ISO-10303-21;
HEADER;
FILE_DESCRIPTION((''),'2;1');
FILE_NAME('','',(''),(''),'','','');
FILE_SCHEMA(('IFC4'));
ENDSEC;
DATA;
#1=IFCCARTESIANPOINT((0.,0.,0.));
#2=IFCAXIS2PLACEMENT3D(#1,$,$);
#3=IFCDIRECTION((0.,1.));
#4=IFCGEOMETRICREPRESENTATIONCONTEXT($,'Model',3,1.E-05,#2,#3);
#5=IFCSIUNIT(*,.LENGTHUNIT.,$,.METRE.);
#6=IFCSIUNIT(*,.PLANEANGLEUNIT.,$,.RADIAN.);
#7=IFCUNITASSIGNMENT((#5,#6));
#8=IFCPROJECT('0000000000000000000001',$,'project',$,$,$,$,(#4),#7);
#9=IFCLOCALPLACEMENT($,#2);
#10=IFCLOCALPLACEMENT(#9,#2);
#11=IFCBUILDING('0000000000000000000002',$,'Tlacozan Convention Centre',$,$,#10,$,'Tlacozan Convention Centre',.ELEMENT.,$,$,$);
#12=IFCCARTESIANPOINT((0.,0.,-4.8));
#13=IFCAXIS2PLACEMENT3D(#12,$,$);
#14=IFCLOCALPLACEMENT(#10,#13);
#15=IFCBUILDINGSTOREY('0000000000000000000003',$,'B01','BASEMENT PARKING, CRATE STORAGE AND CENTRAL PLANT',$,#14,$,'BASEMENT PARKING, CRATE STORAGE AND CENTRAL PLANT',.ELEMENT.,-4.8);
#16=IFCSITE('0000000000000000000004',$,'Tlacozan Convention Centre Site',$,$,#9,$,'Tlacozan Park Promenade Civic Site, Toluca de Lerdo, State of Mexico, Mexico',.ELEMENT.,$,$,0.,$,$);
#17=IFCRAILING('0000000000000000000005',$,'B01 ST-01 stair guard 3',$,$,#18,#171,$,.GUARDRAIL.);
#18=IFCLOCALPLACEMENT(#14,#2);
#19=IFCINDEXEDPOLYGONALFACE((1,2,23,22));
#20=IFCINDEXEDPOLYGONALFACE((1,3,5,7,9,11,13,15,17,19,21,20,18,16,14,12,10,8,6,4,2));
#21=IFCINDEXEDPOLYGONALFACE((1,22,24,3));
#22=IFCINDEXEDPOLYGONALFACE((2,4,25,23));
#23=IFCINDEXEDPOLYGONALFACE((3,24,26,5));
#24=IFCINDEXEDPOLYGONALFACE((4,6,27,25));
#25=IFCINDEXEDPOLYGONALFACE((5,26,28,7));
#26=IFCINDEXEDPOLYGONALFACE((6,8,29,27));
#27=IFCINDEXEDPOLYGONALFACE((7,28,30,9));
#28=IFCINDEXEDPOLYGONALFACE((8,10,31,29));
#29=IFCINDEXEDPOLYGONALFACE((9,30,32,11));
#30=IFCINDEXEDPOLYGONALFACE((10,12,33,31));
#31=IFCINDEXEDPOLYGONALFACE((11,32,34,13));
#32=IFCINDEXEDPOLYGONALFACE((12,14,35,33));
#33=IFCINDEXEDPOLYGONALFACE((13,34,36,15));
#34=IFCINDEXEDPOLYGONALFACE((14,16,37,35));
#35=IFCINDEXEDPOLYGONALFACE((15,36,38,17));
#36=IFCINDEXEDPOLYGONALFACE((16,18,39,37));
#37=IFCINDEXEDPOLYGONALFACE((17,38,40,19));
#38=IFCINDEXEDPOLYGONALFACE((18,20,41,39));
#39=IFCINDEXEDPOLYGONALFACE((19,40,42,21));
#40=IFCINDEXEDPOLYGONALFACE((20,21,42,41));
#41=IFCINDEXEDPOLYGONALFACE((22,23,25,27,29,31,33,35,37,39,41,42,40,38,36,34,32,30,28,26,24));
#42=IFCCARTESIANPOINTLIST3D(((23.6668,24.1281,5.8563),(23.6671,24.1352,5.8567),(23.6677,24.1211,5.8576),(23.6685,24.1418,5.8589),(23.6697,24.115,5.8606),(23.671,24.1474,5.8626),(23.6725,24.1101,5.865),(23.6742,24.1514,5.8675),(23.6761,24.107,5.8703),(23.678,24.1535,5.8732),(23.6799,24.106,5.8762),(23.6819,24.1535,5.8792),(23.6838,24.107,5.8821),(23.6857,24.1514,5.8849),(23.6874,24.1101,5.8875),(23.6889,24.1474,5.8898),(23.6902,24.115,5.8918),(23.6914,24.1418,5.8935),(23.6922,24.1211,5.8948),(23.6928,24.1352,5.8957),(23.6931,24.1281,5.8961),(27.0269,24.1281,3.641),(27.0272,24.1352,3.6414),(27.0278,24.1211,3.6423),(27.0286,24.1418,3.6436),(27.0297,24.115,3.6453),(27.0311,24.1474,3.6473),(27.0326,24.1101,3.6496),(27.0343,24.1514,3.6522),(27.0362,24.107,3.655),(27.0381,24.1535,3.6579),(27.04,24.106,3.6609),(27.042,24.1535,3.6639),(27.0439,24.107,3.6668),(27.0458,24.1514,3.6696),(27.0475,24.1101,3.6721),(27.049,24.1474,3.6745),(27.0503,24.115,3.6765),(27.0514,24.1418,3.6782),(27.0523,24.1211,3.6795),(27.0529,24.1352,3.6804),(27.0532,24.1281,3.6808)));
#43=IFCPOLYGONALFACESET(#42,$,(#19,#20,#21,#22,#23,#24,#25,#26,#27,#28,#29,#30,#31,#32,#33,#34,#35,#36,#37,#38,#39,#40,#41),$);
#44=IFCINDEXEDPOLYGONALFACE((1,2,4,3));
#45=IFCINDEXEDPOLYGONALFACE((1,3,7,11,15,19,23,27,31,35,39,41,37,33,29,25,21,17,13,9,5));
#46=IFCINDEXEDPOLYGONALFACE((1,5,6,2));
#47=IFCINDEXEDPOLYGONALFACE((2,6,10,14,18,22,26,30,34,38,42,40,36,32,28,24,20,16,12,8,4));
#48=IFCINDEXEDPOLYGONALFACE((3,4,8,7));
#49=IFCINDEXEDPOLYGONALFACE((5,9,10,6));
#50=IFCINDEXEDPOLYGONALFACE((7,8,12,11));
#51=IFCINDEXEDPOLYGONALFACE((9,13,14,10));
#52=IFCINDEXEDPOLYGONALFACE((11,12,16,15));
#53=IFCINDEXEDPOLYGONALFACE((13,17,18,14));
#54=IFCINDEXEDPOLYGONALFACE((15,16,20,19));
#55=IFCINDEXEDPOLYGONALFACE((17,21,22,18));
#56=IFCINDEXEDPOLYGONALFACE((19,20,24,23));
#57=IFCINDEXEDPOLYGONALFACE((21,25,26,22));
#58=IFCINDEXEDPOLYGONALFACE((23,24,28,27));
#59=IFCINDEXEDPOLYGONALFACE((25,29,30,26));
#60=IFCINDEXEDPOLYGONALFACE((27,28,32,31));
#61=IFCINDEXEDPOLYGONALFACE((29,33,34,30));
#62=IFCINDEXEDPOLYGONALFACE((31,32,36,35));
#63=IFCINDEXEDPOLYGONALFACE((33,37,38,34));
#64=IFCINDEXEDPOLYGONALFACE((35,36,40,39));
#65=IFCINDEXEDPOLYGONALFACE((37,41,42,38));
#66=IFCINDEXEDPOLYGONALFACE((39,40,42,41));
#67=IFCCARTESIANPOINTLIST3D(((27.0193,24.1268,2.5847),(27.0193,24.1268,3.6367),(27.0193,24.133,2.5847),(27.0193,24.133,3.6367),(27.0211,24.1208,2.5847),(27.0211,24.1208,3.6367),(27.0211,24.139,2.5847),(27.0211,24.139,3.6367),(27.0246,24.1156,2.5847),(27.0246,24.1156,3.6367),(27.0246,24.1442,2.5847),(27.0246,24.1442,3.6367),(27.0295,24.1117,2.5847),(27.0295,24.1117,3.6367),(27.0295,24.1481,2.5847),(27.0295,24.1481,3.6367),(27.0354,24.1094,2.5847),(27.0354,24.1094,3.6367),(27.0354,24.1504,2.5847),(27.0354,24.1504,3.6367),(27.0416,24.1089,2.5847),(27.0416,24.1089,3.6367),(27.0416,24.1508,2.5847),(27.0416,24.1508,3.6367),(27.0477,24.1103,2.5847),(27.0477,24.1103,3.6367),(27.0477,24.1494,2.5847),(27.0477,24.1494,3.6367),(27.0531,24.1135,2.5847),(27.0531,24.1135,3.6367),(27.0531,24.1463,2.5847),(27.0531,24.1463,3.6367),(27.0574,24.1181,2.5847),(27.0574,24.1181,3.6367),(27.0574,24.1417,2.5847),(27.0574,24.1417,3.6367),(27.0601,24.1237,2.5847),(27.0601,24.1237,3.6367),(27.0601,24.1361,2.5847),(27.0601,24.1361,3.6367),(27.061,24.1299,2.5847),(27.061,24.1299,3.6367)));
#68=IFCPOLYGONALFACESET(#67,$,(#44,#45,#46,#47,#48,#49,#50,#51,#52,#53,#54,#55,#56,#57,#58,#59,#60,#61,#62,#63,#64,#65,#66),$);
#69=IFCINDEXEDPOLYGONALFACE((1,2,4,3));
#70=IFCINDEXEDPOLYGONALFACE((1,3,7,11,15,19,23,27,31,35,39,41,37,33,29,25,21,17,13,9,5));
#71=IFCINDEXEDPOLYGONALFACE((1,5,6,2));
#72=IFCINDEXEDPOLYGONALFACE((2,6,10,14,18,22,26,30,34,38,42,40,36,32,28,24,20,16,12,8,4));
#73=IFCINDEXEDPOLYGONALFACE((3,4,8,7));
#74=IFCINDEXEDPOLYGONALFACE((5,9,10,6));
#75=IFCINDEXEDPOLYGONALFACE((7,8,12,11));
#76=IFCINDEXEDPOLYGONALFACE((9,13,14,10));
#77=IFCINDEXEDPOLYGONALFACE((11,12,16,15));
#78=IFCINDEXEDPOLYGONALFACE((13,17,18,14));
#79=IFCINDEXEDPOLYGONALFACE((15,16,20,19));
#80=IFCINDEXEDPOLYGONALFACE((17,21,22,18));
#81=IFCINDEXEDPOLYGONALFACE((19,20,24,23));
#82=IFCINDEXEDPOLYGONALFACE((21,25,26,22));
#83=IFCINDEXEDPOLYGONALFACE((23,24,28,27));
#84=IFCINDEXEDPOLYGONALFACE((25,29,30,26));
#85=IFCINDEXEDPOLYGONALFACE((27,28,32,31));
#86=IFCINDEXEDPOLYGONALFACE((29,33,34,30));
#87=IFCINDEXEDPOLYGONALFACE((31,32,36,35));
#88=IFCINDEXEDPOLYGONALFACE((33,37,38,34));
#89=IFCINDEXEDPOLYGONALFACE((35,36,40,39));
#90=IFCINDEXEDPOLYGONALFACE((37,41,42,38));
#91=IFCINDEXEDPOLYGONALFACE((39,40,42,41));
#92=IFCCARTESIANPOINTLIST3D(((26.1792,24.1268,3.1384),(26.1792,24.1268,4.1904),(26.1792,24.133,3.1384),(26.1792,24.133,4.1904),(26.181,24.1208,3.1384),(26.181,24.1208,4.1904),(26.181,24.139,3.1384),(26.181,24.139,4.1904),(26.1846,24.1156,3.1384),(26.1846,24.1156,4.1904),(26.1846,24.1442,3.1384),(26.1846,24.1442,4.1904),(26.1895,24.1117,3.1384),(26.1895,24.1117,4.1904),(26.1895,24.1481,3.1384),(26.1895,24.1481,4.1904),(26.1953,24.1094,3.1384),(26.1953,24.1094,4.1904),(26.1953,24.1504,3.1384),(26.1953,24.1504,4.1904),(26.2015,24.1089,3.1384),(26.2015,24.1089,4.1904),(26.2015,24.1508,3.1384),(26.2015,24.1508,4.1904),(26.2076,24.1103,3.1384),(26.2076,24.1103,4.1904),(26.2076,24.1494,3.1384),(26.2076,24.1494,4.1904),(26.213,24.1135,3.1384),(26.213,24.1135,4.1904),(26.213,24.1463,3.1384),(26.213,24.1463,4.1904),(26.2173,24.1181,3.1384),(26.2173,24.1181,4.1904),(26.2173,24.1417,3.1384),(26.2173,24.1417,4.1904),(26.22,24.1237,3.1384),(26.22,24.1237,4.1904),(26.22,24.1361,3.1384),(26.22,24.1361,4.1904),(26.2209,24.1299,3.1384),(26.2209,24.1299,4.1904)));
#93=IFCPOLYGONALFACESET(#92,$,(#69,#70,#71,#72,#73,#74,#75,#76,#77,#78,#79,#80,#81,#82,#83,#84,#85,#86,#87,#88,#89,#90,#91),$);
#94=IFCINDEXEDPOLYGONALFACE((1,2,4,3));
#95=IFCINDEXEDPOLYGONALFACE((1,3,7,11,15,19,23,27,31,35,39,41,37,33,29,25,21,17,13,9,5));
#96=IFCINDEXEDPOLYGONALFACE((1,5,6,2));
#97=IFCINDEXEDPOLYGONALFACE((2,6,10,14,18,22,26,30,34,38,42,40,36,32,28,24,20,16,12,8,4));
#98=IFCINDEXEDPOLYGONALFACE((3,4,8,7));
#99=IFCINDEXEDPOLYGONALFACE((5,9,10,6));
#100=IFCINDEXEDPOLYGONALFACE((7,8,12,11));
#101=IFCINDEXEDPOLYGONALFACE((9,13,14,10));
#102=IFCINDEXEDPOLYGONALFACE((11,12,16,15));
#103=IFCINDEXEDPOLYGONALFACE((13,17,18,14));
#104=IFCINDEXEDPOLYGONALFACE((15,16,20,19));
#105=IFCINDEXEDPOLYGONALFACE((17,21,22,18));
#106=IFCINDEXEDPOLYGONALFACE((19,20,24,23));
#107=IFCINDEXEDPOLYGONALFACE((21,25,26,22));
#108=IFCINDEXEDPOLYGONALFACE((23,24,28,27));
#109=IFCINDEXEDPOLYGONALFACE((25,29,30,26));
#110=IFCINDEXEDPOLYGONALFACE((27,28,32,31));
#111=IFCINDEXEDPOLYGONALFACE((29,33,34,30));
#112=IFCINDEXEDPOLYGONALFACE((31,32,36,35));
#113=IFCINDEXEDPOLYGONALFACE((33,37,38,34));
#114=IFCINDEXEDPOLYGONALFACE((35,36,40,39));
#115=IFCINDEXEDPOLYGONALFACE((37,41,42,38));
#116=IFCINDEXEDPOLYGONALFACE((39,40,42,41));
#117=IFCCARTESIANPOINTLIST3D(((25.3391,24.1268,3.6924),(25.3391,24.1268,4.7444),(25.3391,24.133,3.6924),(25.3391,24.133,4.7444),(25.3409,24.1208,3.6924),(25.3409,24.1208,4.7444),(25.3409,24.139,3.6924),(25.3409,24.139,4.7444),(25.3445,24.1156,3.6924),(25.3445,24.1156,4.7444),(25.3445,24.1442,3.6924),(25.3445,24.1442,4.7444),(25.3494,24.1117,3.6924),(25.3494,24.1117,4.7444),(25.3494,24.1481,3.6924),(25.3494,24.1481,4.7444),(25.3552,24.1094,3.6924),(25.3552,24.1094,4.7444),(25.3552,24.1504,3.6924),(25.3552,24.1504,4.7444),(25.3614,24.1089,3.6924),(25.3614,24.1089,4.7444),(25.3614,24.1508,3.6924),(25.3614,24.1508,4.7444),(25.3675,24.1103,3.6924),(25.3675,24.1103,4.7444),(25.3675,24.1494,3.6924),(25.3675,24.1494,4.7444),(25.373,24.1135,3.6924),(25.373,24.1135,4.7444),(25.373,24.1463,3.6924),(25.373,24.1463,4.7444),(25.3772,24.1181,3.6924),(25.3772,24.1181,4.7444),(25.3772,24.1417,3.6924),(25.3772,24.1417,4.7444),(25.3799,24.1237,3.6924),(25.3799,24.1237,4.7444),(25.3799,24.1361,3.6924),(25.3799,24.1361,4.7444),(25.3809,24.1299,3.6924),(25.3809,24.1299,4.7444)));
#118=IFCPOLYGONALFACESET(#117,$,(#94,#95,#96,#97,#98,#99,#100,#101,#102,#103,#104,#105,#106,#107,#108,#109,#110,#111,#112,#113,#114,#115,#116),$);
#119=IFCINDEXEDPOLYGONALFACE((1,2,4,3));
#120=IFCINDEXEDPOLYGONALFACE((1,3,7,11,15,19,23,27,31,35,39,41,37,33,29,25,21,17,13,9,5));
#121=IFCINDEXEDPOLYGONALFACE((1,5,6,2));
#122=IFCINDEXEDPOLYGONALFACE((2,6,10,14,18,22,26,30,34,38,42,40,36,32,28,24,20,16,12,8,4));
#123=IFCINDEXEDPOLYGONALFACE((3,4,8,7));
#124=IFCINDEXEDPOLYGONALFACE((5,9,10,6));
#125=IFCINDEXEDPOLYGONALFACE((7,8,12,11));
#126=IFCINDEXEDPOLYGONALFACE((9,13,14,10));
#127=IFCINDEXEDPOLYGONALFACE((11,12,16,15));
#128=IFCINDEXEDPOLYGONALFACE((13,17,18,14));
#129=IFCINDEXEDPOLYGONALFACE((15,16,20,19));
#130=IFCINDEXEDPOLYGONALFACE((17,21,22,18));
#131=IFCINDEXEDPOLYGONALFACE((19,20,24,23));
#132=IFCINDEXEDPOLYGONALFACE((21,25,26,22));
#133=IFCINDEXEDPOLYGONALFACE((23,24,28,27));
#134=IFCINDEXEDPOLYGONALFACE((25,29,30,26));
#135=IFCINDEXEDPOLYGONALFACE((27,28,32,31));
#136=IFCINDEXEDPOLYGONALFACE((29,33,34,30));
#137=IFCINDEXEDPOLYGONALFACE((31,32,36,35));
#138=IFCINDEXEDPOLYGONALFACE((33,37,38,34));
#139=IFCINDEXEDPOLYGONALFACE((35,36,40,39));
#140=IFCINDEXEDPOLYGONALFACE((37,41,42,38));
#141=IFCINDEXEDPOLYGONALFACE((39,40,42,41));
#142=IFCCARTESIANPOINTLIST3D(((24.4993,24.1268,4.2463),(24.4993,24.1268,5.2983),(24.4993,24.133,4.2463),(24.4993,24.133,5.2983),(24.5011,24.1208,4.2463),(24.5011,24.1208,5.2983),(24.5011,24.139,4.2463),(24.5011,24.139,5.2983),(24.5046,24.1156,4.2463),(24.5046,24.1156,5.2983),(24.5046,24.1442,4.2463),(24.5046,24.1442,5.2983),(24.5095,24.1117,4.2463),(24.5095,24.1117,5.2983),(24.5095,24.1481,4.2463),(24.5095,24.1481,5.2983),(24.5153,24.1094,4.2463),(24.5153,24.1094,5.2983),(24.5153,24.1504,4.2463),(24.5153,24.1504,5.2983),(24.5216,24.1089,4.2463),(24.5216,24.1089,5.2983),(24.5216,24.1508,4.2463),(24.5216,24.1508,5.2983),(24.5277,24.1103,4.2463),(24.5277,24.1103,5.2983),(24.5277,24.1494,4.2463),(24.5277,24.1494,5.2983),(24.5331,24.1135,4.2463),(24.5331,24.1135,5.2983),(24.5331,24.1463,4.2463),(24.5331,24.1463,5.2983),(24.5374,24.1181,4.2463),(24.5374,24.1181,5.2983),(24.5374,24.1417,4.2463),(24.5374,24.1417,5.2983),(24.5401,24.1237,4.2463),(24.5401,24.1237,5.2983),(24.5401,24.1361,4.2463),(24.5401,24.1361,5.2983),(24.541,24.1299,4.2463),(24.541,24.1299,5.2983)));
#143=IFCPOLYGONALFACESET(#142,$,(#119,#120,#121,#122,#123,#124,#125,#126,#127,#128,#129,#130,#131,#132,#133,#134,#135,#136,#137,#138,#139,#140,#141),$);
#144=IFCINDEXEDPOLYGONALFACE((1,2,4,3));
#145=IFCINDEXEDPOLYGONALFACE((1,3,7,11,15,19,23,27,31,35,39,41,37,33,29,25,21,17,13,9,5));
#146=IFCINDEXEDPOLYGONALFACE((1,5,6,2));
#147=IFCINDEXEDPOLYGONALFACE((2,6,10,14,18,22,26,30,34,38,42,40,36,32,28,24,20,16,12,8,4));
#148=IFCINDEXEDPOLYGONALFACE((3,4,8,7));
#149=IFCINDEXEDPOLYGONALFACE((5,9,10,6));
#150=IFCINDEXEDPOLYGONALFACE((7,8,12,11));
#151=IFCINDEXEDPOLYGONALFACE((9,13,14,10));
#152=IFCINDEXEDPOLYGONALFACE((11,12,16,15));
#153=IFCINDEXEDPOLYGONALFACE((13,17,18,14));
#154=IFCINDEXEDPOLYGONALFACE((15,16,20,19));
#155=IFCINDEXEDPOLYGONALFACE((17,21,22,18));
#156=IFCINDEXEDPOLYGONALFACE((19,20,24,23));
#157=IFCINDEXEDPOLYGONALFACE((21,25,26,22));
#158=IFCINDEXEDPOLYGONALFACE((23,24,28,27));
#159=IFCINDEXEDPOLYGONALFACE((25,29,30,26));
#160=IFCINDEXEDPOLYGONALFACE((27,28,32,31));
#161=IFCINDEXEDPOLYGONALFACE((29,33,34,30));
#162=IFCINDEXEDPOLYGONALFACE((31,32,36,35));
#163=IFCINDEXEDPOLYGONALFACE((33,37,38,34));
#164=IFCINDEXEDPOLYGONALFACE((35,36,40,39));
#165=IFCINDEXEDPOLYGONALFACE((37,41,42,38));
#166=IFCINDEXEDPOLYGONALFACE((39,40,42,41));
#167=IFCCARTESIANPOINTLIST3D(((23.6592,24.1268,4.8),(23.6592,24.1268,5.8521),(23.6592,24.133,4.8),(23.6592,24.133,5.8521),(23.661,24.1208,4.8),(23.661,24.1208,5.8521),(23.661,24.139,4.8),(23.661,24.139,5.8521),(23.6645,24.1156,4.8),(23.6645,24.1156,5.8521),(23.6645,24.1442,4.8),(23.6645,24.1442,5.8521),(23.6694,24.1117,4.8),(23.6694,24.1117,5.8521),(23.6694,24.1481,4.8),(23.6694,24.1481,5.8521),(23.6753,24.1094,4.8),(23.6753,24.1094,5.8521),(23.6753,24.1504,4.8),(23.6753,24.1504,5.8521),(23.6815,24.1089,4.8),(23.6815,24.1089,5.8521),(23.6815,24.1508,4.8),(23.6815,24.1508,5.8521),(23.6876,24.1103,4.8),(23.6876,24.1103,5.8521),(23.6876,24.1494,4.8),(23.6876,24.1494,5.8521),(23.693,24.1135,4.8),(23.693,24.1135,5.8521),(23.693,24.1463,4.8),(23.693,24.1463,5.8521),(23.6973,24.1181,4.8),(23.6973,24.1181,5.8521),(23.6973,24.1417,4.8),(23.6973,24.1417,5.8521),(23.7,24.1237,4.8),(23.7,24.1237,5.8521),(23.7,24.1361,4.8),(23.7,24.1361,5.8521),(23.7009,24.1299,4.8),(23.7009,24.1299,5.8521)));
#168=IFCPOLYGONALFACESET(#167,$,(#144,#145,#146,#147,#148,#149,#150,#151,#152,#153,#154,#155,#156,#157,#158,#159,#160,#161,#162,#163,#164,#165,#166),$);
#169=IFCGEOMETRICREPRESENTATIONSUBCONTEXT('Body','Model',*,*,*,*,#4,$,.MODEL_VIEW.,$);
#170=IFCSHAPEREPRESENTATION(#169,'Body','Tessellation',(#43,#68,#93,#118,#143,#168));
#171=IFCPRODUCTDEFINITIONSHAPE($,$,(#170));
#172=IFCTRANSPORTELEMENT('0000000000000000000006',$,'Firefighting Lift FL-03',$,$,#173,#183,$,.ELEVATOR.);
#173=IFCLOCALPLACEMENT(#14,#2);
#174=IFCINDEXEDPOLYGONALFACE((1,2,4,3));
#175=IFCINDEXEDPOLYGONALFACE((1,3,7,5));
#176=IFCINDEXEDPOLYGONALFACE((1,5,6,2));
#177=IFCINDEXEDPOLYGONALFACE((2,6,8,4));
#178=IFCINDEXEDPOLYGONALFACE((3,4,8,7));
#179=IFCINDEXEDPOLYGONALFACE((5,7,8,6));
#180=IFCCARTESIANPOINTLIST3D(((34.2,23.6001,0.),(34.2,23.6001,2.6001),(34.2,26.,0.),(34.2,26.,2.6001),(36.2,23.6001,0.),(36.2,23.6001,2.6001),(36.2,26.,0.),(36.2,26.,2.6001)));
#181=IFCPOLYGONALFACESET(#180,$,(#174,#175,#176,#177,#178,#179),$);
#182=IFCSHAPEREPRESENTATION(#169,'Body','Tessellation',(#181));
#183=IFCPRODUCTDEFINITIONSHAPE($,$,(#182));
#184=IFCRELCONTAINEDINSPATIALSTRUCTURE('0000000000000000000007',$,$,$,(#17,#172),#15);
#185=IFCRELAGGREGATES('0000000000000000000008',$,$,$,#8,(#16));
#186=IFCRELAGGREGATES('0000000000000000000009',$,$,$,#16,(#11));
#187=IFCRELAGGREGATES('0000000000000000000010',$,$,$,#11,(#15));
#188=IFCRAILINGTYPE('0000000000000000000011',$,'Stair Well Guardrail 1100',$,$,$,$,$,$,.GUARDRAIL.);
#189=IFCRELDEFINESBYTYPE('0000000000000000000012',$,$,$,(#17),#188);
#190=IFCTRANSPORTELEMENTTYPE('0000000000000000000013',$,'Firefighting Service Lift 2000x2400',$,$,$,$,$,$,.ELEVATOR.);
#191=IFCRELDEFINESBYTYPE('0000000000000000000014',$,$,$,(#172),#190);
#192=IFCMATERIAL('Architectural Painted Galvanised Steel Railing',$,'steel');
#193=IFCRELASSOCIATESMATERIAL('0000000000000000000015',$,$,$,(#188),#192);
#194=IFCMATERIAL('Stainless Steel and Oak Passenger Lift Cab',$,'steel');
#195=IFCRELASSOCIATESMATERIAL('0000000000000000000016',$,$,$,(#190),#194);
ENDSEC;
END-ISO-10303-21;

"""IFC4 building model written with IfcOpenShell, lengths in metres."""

from ifc_helpers import new_model, si_unit, direction, frame, origin, origin_2d, place, context, subcontext, project, spatial, rectangle, circle, extrude, material, type_object, element, save


model = new_model("IFC4")

# Units and contexts
model_context = context("Model", 3, precision=1e-05, world=origin(), true_north=direction((0.0, 1.0)))
body_context = subcontext(model_context, "Body", "Model", "MODEL_VIEW")
ifc_project = project(units=[si_unit("LENGTHUNIT", "METRE"), si_unit("PLANEANGLEUNIT", "RADIAN")], contexts=[model_context])

# Site, building, storey
site_placement = place(None, origin())
site = spatial("IfcSite", under=ifc_project, at=site_placement, Name="Tlacozan Convention Centre Site", LongName="Tlacozan Park Promenade Civic Site, Toluca de Lerdo, State of Mexico, Mexico", CompositionType="ELEMENT", RefElevation=0.0)
building_placement = place(site_placement, origin())
building = spatial("IfcBuilding", under=site, at=building_placement, Name="Tlacozan Convention Centre", LongName="Tlacozan Convention Centre", CompositionType="ELEMENT")
storey_placement = place(building_placement, frame((0.0, 0.0, -4.8)))
storey = spatial("IfcBuildingStorey", under=building, at=storey_placement, Name="B01", Description="BASEMENT PARKING, CRATE STORAGE AND CENTRAL PLANT", LongName="BASEMENT PARKING, CRATE STORAGE AND CENTRAL PLANT", CompositionType="ELEMENT", Elevation=-4.8)

# Railing
ifc_material_1 = material(Name="Architectural Painted Galvanised Steel Railing", Category="steel")
railing_type_1 = type_object("IfcRailingType", Name="Stair Well Guardrail 1100", PredefinedType="GUARDRAIL", material=ifc_material_1)
railing_1_placement = place(storey_placement, frame((27.04, 24.1299, 2.5847)))
element("IfcRailing", 1, at=railing_1_placement, inside=storey, type_object=railing_type_1, Name="B01 ST-01 stair guard 3", PredefinedType="GUARDRAIL", context=body_context, shape_type="SweptSolid", body=[
    extrude(circle(Radius=0.0239, at=origin_2d()), frame((0.0, 0.0, 1.0762), z_axis=(-0.834876, 0.0, 0.550437), x_axis=(0.0, -1.0, 0.0)), (0.0, 0.0, 1.0), 4.0247),
    extrude(circle(Radius=0.021, at=origin_2d()), origin(), (0.0, 0.0, 1.0), 1.052),
    extrude(circle(Radius=0.021, at=origin_2d()), frame((-0.8401, 0.0, 0.5537)), (0.0, 0.0, 1.0), 1.052),
    extrude(circle(Radius=0.021, at=origin_2d()), frame((-1.6802, 0.0, 1.1077)), (0.0, 0.0, 1.0), 1.052),
    extrude(circle(Radius=0.021, at=origin_2d()), frame((-2.52, 0.0, 1.6616)), (0.0, 0.0, 1.0), 1.052),
    extrude(circle(Radius=0.021, at=origin_2d()), frame((-3.3601, 0.0, 2.2153)), (0.0, 0.0, 1.0), 1.052),
])

# Transport element
ifc_material_2 = material(Name="Stainless Steel and Oak Passenger Lift Cab", Category="steel")
transport_element_type = type_object("IfcTransportElementType", Name="Firefighting Service Lift 2000x2400", PredefinedType="ELEVATOR", material=ifc_material_2)
transport_element_placement = place(storey_placement, frame((35.2, 24.8, 0.0), z_axis=(0.0, 0.0, 1.0), x_axis=(1.0, 0.0, 0.0)))
element("IfcTransportElement", 2, at=transport_element_placement, inside=storey, type_object=transport_element_type, Name="Firefighting Lift FL-03", PredefinedType="ELEVATOR", context=body_context, shape_type="SweptSolid", body=[
    extrude(rectangle(XDim=2.0, YDim=2.3999, at=origin_2d()), origin(), (0.0, 0.0, 1.0), 2.6001),
])

save(model, "model.ifc")
